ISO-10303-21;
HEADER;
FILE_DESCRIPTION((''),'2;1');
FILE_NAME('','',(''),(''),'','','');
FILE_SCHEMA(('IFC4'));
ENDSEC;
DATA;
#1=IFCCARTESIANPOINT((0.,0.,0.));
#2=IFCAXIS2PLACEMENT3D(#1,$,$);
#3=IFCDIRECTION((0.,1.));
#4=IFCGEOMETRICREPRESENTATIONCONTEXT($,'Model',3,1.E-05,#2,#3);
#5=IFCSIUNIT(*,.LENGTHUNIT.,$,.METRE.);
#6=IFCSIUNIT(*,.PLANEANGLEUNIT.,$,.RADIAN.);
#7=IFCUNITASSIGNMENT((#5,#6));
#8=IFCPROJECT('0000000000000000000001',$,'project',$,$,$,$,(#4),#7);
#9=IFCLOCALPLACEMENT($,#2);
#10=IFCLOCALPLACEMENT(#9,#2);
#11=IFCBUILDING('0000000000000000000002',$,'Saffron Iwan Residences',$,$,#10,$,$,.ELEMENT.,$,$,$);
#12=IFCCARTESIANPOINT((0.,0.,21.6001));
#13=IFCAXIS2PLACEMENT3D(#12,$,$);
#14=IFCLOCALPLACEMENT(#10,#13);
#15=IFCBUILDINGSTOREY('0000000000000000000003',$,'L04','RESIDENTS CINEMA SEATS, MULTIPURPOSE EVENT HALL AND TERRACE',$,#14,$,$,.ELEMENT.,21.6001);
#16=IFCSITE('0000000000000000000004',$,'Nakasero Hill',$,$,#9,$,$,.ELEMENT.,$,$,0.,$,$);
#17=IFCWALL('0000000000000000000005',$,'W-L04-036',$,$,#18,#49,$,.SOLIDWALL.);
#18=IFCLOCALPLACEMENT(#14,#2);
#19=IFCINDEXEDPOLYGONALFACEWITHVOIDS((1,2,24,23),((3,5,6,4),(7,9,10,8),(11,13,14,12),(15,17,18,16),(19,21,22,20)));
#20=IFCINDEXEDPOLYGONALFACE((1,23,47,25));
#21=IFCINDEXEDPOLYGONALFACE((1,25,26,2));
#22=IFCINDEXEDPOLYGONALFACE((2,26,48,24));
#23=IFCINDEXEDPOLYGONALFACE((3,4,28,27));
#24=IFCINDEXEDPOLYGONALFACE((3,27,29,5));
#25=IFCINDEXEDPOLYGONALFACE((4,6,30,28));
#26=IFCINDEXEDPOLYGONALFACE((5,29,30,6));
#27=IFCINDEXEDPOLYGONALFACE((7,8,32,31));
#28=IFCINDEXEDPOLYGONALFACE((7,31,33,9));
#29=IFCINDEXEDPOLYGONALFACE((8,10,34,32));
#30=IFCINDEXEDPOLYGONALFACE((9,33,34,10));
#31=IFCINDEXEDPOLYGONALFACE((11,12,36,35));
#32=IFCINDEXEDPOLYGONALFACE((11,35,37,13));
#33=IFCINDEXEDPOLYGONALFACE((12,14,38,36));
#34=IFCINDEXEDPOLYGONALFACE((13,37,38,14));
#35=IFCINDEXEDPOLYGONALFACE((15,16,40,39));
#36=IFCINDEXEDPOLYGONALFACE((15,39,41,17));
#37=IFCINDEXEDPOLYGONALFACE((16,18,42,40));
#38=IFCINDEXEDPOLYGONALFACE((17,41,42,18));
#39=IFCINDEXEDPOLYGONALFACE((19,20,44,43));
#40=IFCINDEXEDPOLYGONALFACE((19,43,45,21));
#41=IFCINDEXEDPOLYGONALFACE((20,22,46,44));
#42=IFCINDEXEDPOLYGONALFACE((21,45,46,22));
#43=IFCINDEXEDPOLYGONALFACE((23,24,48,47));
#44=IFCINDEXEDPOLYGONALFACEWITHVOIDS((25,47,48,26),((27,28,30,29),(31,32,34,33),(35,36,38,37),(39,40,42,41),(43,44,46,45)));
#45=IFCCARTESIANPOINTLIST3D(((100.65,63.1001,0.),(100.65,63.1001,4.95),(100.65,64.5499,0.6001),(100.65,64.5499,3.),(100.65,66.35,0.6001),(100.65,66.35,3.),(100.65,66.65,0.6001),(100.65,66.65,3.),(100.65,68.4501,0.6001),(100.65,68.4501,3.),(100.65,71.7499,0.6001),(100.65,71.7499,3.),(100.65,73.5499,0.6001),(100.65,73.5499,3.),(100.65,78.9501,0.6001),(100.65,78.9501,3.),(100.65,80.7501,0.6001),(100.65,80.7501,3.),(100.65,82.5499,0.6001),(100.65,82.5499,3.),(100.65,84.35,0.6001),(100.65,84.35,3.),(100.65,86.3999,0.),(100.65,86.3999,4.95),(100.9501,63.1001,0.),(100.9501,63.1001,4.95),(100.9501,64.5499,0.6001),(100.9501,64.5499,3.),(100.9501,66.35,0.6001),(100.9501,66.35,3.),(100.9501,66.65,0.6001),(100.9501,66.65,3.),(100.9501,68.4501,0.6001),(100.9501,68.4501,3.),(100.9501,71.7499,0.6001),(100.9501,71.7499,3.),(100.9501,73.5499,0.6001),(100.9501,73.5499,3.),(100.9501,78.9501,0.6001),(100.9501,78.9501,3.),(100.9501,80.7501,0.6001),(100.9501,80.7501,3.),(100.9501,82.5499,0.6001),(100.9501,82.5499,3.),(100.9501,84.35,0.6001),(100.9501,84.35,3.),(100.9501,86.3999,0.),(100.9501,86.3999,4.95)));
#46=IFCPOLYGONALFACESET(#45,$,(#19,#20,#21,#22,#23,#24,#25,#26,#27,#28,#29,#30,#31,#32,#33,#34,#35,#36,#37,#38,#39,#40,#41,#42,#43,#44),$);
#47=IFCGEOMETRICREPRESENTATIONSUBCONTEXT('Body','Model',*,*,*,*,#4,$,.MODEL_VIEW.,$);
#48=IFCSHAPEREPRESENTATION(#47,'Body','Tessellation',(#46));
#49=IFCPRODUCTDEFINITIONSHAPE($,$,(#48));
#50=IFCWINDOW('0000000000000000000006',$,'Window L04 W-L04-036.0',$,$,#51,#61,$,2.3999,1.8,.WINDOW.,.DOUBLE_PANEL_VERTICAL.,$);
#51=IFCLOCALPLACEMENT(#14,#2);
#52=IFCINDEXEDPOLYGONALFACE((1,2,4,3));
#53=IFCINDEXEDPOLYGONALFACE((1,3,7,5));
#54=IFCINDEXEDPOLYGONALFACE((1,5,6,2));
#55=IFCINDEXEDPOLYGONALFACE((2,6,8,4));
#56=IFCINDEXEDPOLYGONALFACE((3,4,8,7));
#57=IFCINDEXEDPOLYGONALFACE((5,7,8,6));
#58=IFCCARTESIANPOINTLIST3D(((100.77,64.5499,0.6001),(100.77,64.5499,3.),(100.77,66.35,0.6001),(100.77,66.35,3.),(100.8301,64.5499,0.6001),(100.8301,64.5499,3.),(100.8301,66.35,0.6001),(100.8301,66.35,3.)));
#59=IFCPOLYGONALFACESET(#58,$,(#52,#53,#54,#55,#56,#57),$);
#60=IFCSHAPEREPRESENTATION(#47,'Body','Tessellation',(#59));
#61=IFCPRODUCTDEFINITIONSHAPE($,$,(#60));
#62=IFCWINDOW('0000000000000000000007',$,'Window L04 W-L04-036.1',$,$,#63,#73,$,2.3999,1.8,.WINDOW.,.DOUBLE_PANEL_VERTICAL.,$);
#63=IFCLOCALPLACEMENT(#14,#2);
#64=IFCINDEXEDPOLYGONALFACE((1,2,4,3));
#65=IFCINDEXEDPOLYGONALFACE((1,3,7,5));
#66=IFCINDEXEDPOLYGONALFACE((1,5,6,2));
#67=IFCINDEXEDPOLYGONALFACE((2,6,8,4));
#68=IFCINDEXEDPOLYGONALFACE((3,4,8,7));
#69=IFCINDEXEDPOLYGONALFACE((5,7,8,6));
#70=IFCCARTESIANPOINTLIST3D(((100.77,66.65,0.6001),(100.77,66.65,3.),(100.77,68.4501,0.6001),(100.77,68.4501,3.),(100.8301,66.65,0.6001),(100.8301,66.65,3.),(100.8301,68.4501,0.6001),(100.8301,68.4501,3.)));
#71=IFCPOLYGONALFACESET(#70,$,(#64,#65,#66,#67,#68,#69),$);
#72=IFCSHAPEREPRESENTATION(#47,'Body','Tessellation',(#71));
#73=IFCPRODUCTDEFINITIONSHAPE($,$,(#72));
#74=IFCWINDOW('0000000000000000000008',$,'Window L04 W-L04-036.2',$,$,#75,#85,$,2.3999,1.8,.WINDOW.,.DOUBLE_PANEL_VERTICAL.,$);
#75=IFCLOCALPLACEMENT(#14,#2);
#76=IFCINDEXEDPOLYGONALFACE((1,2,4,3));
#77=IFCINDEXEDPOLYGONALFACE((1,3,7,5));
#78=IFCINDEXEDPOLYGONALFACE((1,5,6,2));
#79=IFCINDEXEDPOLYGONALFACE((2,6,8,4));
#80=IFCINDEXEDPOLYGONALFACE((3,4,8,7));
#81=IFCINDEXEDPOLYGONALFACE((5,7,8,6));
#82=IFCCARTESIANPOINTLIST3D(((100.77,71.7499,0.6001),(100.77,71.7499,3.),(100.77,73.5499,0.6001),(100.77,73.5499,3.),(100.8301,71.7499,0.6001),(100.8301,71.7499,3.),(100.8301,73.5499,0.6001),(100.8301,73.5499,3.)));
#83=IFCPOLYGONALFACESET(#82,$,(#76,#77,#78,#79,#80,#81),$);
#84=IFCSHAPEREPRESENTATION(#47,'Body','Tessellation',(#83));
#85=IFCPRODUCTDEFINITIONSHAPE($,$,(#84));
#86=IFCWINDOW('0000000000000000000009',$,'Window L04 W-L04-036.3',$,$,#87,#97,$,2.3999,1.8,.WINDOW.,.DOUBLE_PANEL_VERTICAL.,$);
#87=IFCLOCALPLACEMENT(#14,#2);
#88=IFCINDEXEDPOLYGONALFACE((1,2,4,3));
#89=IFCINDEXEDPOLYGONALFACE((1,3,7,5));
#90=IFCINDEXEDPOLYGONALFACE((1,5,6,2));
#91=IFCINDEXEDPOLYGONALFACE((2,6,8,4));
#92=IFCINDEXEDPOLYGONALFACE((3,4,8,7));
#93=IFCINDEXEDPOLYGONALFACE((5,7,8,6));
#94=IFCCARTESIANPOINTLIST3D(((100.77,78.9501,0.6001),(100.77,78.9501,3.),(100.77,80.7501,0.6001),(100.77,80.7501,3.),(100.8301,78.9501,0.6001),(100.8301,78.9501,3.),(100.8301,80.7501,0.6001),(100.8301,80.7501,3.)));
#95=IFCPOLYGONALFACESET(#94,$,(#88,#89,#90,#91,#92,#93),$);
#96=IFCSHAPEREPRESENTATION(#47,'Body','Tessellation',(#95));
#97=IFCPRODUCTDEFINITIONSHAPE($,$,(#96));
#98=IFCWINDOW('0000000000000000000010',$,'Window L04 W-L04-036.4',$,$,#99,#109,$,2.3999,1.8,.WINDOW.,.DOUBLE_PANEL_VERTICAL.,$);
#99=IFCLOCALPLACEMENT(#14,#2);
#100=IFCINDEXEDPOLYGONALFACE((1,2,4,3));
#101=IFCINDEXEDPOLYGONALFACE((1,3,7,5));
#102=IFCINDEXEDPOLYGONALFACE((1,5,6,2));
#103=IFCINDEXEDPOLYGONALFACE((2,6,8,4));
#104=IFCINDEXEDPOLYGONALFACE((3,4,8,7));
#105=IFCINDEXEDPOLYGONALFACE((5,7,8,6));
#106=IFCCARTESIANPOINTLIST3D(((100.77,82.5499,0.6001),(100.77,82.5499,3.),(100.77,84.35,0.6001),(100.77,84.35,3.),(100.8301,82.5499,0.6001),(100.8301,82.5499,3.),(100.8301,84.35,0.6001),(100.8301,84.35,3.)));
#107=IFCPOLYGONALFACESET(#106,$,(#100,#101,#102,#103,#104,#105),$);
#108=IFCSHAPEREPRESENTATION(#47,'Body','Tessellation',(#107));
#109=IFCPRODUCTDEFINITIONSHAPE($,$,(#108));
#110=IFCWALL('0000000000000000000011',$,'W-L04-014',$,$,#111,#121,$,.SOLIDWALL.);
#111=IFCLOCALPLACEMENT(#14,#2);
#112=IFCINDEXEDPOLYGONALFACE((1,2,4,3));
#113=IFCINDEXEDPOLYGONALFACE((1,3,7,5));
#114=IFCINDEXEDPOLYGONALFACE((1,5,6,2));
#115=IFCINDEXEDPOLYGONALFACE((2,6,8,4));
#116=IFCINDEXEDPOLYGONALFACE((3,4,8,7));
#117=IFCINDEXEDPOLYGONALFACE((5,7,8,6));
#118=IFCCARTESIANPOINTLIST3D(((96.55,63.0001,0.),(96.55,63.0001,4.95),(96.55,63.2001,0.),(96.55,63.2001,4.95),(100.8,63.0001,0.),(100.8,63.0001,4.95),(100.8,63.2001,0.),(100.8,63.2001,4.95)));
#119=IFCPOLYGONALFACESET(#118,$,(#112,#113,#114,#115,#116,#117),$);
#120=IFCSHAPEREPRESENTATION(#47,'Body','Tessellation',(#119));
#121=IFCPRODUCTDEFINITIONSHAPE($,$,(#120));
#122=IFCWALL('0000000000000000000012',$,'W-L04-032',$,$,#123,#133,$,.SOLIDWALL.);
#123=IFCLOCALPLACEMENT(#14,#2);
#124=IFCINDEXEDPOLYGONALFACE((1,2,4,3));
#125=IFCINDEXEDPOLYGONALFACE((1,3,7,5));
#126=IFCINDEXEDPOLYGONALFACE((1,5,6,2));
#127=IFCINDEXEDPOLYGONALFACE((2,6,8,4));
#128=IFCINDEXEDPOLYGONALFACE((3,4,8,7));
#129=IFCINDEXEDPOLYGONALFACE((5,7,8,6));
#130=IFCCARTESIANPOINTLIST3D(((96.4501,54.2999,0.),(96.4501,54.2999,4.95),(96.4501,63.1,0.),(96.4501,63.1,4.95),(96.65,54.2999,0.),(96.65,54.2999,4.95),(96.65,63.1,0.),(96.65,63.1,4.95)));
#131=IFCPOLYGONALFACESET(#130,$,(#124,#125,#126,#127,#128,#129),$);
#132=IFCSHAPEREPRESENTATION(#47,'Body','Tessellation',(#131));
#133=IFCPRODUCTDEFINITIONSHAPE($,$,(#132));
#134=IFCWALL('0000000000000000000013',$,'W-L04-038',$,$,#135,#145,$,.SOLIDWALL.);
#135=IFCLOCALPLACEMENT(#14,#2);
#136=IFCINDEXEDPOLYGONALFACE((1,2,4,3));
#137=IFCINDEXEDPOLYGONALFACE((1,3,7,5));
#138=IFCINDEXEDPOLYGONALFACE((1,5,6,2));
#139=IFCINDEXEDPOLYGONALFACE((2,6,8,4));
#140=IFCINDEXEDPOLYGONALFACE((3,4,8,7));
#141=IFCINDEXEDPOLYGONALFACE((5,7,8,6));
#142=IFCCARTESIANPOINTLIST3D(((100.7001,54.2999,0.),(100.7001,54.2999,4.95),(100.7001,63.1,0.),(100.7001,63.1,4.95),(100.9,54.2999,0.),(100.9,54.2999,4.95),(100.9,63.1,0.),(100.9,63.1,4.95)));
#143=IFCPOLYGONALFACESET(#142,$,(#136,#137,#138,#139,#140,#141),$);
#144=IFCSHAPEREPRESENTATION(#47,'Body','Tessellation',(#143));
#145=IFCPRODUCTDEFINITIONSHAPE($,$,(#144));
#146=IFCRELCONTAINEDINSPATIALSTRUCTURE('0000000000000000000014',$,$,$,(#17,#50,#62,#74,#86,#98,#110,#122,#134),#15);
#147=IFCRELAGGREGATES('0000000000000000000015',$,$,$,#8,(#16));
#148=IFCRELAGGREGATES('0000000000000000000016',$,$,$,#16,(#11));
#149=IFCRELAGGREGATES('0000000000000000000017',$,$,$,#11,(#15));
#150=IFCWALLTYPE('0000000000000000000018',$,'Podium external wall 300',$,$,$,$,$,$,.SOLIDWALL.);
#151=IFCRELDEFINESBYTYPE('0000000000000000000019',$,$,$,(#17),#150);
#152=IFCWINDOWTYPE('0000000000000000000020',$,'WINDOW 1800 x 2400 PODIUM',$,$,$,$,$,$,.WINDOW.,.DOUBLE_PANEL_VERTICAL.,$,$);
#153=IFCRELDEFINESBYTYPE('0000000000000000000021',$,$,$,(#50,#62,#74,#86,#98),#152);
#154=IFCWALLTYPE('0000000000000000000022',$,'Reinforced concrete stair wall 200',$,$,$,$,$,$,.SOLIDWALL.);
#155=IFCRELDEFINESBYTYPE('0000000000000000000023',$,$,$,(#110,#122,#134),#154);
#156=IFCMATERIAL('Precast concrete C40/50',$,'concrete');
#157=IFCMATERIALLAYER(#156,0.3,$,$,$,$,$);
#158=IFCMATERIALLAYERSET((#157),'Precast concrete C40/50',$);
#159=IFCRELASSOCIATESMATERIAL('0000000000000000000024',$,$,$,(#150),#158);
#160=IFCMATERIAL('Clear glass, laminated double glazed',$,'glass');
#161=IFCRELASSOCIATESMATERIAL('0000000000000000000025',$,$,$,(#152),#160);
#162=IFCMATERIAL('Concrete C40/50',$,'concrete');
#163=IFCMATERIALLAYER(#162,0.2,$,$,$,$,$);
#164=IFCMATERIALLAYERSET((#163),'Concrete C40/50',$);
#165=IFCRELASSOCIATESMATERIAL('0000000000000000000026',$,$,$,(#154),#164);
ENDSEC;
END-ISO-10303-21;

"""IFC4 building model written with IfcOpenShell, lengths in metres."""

from ifc_helpers import new_model, si_unit, direction, frame, frame_2d, origin, place, context, subcontext, project, spatial, rectangle, extrude, material, layer, layer_set, type_object, element, fill, save


model = new_model("IFC4")

# Units and contexts
model_context = context("Model", 3, precision=1e-05, world=origin(), true_north=direction((0.0, 1.0)))
body_context = subcontext(model_context, "Body", "Model", "MODEL_VIEW")
ifc_project = project(units=[si_unit("LENGTHUNIT", "METRE"), si_unit("PLANEANGLEUNIT", "RADIAN")], contexts=[model_context])

# Site, building, storey
site_placement = place(None, origin())
site = spatial("IfcSite", under=ifc_project, at=site_placement, Name="Nakasero Hill", CompositionType="ELEMENT", RefElevation=0.0)
building_placement = place(site_placement, origin())
building = spatial("IfcBuilding", under=site, at=building_placement, Name="Saffron Iwan Residences", CompositionType="ELEMENT")
storey_placement = place(building_placement, frame((0.0, 0.0, 21.6001)))
storey = spatial("IfcBuildingStorey", under=building, at=storey_placement, Name="L04", Description="RESIDENTS CINEMA SEATS, MULTIPURPOSE EVENT HALL AND TERRACE", CompositionType="ELEMENT", Elevation=21.6001)

# Shared definitions
ifc_material_1 = material(Name="Concrete C40/50", Category="concrete")

# Wall, openings, windows
ifc_material_2 = material(Name="Precast concrete C40/50", Category="concrete")
ifc_layer_1 = layer(ifc_material_2, 0.3)
ifc_layer_set_1 = layer_set([ifc_layer_1], Name="Precast concrete C40/50")
wall_type_1 = type_object("IfcWallType", Name="Podium external wall 300", PredefinedType="SOLIDWALL", material=ifc_layer_set_1)
wall_1_placement = place(storey_placement, frame((100.8, 63.1001, 0.0), z_axis=(0.0, 0.0, 1.0), x_axis=(0.0, 1.0, 0.0)))
wall_1 = element("IfcWall", 1, at=wall_1_placement, inside=storey, type_object=wall_type_1, Name="W-L04-036", PredefinedType="SOLIDWALL", context=body_context, shape_type="SweptSolid", body=[
    extrude(rectangle(XDim=23.2998, YDim=0.3, at=frame_2d((11.6499, 0.0))), origin(), (0.0, 0.0, 1.0), 4.95),
])
opening_1_placement = place(wall_1_placement, frame((1.45, 0.0, 0.6001)))
opening_1 = element("IfcOpeningElement", 2, at=opening_1_placement, cuts=wall_1, PredefinedType="OPENING", context=body_context, shape_type="SweptSolid", body=[
    extrude(rectangle(XDim=1.8, YDim=2.3999, at=frame_2d((0.8999, 1.2))), frame((0.0, 0.1602, 0.0), z_axis=(0.0, -1.0, 0.0), x_axis=(1.0, 0.0, 0.0)), (0.0, 0.0, 1.0), 0.3201),
])
opening_2_placement = place(wall_1_placement, frame((3.55, 0.0, 0.6001)))
opening_2 = element("IfcOpeningElement", 3, at=opening_2_placement, cuts=wall_1, PredefinedType="OPENING", context=body_context, shape_type="SweptSolid", body=[
    extrude(rectangle(XDim=1.8, YDim=2.3999, at=frame_2d((0.8999, 1.2))), frame((0.0, 0.1602, 0.0), z_axis=(0.0, -1.0, 0.0), x_axis=(1.0, 0.0, 0.0)), (0.0, 0.0, 1.0), 0.3201),
])
opening_3_placement = place(wall_1_placement, frame((8.6499, 0.0, 0.6001)))
opening_3 = element("IfcOpeningElement", 4, at=opening_3_placement, cuts=wall_1, PredefinedType="OPENING", context=body_context, shape_type="SweptSolid", body=[
    extrude(rectangle(XDim=1.8, YDim=2.3999, at=frame_2d((0.8999, 1.2))), frame((0.0, 0.1602, 0.0), z_axis=(0.0, -1.0, 0.0), x_axis=(1.0, 0.0, 0.0)), (0.0, 0.0, 1.0), 0.3201),
])
opening_4_placement = place(wall_1_placement, frame((15.8501, 0.0, 0.6001)))
opening_4 = element("IfcOpeningElement", 5, at=opening_4_placement, cuts=wall_1, PredefinedType="OPENING", context=body_context, shape_type="SweptSolid", body=[
    extrude(rectangle(XDim=1.8, YDim=2.3999, at=frame_2d((0.8999, 1.2))), frame((0.0, 0.1602, 0.0), z_axis=(0.0, -1.0, 0.0), x_axis=(1.0, 0.0, 0.0)), (0.0, 0.0, 1.0), 0.3201),
])
opening_5_placement = place(wall_1_placement, frame((19.45, 0.0, 0.6001)))
opening_5 = element("IfcOpeningElement", 6, at=opening_5_placement, cuts=wall_1, PredefinedType="OPENING", context=body_context, shape_type="SweptSolid", body=[
    extrude(rectangle(XDim=1.8, YDim=2.3999, at=frame_2d((0.8999, 1.2))), frame((0.0, 0.1602, 0.0), z_axis=(0.0, -1.0, 0.0), x_axis=(1.0, 0.0, 0.0)), (0.0, 0.0, 1.0), 0.3201),
])
ifc_material_3 = material(Name="Clear glass, laminated double glazed", Category="glass")
window_type = type_object("IfcWindowType", Name="WINDOW 1800 x 2400 PODIUM", PartitioningType="DOUBLE_PANEL_VERTICAL", PredefinedType="WINDOW", material=ifc_material_3)
window_1_placement = place(opening_1_placement, origin())
window_1 = element("IfcWindow", 7, at=window_1_placement, inside=storey, type_object=window_type, Name="Window L04 W-L04-036.0", OverallHeight=2.3999, OverallWidth=1.8, PartitioningType="DOUBLE_PANEL_VERTICAL", PredefinedType="WINDOW", context=body_context, shape_type="SweptSolid", body=[
    extrude(rectangle(XDim=1.8, YDim=2.3999, at=frame_2d((0.8999, 1.2))), frame((0.0, 0.03, 0.0), z_axis=(0.0, -1.0, 0.0), x_axis=(1.0, 0.0, 0.0)), (0.0, 0.0, 1.0), 0.0601),
])
fill(opening_1, window_1)
window_2_placement = place(opening_2_placement, origin())
window_2 = element("IfcWindow", 8, at=window_2_placement, inside=storey, type_object=window_type, Name="Window L04 W-L04-036.1", OverallHeight=2.3999, OverallWidth=1.8, PartitioningType="DOUBLE_PANEL_VERTICAL", PredefinedType="WINDOW", context=body_context, shape_type="SweptSolid", body=[
    extrude(rectangle(XDim=1.8, YDim=2.3999, at=frame_2d((0.8999, 1.2))), frame((0.0, 0.03, 0.0), z_axis=(0.0, -1.0, 0.0), x_axis=(1.0, 0.0, 0.0)), (0.0, 0.0, 1.0), 0.0601),
])
fill(opening_2, window_2)
window_3_placement = place(opening_3_placement, origin())
window_3 = element("IfcWindow", 9, at=window_3_placement, inside=storey, type_object=window_type, Name="Window L04 W-L04-036.2", OverallHeight=2.3999, OverallWidth=1.8, PartitioningType="DOUBLE_PANEL_VERTICAL", PredefinedType="WINDOW", context=body_context, shape_type="SweptSolid", body=[
    extrude(rectangle(XDim=1.8, YDim=2.3999, at=frame_2d((0.8999, 1.2))), frame((0.0, 0.03, 0.0), z_axis=(0.0, -1.0, 0.0), x_axis=(1.0, 0.0, 0.0)), (0.0, 0.0, 1.0), 0.0601),
])
fill(opening_3, window_3)
window_4_placement = place(opening_4_placement, origin())
window_4 = element("IfcWindow", 10, at=window_4_placement, inside=storey, type_object=window_type, Name="Window L04 W-L04-036.3", OverallHeight=2.3999, OverallWidth=1.8, PartitioningType="DOUBLE_PANEL_VERTICAL", PredefinedType="WINDOW", context=body_context, shape_type="SweptSolid", body=[
    extrude(rectangle(XDim=1.8, YDim=2.3999, at=frame_2d((0.8999, 1.2))), frame((0.0, 0.03, 0.0), z_axis=(0.0, -1.0, 0.0), x_axis=(1.0, 0.0, 0.0)), (0.0, 0.0, 1.0), 0.0601),
])
fill(opening_4, window_4)
window_5_placement = place(opening_5_placement, origin())
window_5 = element("IfcWindow", 11, at=window_5_placement, inside=storey, type_object=window_type, Name="Window L04 W-L04-036.4", OverallHeight=2.3999, OverallWidth=1.8, PartitioningType="DOUBLE_PANEL_VERTICAL", PredefinedType="WINDOW", context=body_context, shape_type="SweptSolid", body=[
    extrude(rectangle(XDim=1.8, YDim=2.3999, at=frame_2d((0.8999, 1.2))), frame((0.0, 0.03, 0.0), z_axis=(0.0, -1.0, 0.0), x_axis=(1.0, 0.0, 0.0)), (0.0, 0.0, 1.0), 0.0601),
])
fill(opening_5, window_5)

# Walls
ifc_layer_2 = layer(ifc_material_1, 0.2)
ifc_layer_set_2 = layer_set([ifc_layer_2], Name="Concrete C40/50")
wall_type_2 = type_object("IfcWallType", Name="Reinforced concrete stair wall 200", PredefinedType="SOLIDWALL", material=ifc_layer_set_2)
wall_2_placement = place(storey_placement, frame((96.55, 63.1001, 0.0), z_axis=(0.0, 0.0, 1.0), x_axis=(1.0, 0.0, 0.0)))
element("IfcWall", 12, at=wall_2_placement, inside=storey, type_object=wall_type_2, Name="W-L04-014", PredefinedType="SOLIDWALL", context=body_context, shape_type="SweptSolid", body=[
    extrude(rectangle(XDim=4.25, YDim=0.2, at=frame_2d((2.125, 0.0))), origin(), (0.0, 0.0, 1.0), 4.95),
])
for number, where, z_axis, x_axis, name in (
    (13, (96.55, 54.3, 0.0), (0.0, 0.0, 1.0), (0.0, 1.0, 0.0), "W-L04-032"),
    (14, (100.8, 54.3, 0.0), (0.0, 0.0, 1.0), (0.0, 1.0, 0.0), "W-L04-038"),
):
    element("IfcWall", number, at=place(storey_placement, frame(where, z_axis=z_axis, x_axis=x_axis)), inside=storey, type_object=wall_type_2, Name=name, PredefinedType="SOLIDWALL", context=body_context, shape_type="SweptSolid", body=[
        extrude(rectangle(XDim=8.8, YDim=0.2, at=frame_2d((4.3999, 0.0))), origin(), (0.0, 0.0, 1.0), 4.95),
    ])

save(model, "model.ifc")
